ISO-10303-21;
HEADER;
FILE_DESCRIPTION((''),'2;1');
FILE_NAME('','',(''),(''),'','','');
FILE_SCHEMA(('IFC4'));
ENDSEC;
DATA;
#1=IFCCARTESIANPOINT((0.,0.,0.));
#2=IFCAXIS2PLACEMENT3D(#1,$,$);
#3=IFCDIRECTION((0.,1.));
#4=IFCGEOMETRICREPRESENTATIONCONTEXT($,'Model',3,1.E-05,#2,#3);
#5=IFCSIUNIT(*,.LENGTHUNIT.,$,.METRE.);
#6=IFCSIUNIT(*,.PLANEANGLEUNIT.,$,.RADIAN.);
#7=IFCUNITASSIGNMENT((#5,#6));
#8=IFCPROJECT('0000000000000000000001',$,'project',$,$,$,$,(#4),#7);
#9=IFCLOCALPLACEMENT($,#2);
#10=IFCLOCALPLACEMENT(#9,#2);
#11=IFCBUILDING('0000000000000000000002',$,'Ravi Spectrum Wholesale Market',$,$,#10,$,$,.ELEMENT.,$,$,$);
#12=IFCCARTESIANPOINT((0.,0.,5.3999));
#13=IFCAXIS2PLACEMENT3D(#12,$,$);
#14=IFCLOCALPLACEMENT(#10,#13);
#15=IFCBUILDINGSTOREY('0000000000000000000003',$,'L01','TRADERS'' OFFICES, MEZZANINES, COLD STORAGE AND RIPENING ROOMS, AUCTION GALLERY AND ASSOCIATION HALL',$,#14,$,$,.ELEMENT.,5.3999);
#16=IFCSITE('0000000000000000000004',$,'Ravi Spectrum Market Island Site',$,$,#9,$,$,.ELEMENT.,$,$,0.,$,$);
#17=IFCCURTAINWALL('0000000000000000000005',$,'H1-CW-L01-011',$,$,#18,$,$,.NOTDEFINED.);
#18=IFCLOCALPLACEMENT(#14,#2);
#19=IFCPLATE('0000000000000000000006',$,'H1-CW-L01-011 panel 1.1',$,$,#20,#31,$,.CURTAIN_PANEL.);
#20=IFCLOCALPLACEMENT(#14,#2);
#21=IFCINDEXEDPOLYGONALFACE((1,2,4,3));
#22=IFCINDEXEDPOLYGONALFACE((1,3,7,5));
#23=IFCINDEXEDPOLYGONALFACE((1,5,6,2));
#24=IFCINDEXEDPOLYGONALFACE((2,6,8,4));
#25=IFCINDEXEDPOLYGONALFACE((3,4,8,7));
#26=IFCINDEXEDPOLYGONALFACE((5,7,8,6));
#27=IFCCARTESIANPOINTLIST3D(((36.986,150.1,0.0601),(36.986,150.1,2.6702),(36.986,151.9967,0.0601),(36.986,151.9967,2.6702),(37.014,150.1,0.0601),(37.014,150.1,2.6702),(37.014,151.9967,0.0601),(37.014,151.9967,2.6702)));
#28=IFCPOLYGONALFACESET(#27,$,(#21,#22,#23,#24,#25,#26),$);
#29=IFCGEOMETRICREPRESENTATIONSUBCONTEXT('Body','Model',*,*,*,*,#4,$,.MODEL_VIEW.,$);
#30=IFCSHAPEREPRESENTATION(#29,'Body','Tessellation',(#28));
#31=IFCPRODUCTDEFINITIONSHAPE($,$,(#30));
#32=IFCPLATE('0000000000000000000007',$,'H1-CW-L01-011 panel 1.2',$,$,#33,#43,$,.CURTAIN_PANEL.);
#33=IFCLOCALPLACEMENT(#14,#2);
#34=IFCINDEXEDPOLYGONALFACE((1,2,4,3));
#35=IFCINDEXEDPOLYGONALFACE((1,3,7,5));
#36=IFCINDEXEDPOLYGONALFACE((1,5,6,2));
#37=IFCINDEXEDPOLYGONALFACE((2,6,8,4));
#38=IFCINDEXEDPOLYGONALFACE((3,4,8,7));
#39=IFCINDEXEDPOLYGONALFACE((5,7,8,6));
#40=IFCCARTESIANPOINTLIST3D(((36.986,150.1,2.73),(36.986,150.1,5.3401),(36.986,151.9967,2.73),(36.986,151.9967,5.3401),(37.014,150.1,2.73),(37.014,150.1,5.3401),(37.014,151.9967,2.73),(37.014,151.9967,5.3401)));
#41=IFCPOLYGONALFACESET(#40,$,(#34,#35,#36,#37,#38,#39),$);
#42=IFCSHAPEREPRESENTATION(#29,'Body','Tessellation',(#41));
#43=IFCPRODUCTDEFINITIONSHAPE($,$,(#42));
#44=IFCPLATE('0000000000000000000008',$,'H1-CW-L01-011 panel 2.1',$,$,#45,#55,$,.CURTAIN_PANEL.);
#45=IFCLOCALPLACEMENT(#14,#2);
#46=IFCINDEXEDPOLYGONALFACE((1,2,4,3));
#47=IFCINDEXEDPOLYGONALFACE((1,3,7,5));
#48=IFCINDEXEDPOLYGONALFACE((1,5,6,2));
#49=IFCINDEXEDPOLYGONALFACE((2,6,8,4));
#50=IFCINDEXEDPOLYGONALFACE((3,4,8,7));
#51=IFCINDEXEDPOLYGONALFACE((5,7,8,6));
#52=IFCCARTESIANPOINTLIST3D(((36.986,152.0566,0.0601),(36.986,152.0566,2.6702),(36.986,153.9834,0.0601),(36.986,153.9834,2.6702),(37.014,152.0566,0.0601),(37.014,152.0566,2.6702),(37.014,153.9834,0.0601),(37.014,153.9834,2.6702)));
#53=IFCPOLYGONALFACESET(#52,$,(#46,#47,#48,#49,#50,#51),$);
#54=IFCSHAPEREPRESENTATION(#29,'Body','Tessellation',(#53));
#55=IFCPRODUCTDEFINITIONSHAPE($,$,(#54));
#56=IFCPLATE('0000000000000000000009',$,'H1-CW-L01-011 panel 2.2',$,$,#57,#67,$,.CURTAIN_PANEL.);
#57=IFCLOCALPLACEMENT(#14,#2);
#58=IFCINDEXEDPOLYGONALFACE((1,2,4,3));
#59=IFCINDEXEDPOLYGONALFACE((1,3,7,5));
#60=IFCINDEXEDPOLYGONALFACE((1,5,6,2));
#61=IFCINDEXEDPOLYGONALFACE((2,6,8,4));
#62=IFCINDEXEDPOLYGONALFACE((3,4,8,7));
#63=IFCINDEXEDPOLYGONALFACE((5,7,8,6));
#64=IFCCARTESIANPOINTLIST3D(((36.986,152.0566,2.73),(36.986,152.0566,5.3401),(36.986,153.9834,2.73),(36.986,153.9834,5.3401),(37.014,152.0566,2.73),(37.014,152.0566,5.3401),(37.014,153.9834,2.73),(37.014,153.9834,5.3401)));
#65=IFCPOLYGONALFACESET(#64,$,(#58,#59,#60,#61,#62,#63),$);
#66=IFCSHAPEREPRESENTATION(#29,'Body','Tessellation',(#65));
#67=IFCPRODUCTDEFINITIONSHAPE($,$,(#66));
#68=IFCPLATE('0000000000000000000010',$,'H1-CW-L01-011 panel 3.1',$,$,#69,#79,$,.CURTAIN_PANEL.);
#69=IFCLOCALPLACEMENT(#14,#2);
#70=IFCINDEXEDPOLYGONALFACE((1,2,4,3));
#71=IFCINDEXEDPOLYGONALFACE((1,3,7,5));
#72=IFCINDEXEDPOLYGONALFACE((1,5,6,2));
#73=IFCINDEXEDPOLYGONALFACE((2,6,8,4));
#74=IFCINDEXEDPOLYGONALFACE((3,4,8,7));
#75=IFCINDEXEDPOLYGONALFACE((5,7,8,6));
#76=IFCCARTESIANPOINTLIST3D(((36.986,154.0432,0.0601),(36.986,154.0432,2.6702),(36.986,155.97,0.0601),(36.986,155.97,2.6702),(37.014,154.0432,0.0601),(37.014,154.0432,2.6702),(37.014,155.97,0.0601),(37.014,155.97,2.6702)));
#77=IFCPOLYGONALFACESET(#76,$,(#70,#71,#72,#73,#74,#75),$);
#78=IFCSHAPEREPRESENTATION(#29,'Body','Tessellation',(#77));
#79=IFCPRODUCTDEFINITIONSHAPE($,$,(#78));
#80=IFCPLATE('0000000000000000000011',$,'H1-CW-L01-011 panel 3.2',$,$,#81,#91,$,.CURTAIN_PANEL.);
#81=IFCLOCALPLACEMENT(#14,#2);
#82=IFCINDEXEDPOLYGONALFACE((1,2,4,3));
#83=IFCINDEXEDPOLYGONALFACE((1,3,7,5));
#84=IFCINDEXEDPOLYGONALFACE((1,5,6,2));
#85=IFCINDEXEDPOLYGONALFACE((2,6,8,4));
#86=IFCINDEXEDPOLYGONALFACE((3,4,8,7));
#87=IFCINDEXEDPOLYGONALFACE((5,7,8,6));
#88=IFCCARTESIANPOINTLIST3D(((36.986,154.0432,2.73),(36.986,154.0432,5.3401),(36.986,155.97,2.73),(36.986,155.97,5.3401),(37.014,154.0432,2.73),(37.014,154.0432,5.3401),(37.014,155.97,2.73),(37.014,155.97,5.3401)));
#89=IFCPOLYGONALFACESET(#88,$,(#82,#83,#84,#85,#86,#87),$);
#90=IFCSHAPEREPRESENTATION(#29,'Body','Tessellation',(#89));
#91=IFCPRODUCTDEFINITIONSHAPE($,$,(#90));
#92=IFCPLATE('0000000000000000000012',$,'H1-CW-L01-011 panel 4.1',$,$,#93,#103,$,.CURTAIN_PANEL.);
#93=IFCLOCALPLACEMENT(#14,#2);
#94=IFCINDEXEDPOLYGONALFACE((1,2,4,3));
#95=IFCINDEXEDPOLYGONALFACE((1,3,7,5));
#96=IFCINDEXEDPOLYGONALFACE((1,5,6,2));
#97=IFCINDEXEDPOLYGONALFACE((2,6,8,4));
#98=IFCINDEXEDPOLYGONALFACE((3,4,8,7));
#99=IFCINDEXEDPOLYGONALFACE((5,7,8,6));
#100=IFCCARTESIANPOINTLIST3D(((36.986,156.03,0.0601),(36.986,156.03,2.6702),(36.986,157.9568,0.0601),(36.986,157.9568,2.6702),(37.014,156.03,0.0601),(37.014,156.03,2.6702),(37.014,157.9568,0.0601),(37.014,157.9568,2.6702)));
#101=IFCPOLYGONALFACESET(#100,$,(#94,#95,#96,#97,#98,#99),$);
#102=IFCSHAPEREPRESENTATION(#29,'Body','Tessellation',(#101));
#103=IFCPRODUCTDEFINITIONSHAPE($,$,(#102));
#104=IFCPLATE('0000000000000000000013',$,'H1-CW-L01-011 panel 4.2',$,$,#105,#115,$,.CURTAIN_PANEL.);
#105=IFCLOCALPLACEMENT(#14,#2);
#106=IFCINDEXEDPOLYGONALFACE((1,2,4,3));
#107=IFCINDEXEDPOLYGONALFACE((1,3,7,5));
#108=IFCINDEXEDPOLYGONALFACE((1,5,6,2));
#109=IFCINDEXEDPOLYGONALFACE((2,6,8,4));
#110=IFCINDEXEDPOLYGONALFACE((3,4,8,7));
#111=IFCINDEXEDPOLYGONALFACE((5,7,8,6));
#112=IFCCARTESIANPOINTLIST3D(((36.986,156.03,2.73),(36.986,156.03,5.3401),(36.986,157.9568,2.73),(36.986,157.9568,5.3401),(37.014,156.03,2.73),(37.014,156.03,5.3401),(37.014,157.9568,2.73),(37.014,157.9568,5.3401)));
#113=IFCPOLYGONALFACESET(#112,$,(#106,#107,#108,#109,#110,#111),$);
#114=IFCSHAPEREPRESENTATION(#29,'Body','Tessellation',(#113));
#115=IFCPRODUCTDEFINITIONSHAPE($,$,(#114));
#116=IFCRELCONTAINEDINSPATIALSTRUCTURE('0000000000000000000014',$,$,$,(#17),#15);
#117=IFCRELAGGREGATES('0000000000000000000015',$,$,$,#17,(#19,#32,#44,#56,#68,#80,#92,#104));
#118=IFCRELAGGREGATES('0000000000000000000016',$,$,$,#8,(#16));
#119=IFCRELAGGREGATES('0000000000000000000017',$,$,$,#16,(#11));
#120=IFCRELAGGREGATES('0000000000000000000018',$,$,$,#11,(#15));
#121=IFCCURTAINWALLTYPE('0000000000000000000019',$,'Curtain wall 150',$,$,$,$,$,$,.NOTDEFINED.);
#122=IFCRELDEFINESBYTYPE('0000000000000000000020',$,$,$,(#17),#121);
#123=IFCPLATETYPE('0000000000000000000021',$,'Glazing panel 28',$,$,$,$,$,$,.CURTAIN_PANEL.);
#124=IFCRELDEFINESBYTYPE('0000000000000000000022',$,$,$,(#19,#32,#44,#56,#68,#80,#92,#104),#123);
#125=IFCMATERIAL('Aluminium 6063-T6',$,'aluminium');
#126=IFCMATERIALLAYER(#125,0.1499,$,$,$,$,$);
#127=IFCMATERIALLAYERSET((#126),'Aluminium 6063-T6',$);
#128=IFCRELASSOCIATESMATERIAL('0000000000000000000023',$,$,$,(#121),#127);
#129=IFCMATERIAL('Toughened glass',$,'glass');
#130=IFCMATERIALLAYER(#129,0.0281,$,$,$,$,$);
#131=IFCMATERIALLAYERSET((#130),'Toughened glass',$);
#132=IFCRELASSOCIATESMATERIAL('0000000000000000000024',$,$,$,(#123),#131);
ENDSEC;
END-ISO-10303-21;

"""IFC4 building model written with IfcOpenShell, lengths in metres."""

from ifc_helpers import new_model, si_unit, direction, frame, origin, origin_2d, place, context, subcontext, project, spatial, rectangle, extrude, material, layer, layer_set, type_object, element, aggregate, save


model = new_model("IFC4")

# Units and contexts
model_context = context("Model", 3, precision=1e-05, world=origin(), true_north=direction((0.0, 1.0)))
body_context = subcontext(model_context, "Body", "Model", "MODEL_VIEW")
ifc_project = project(units=[si_unit("LENGTHUNIT", "METRE"), si_unit("PLANEANGLEUNIT", "RADIAN")], contexts=[model_context])

# Site, building, storey
site_placement = place(None, origin())
site = spatial("IfcSite", under=ifc_project, at=site_placement, Name="Ravi Spectrum Market Island Site", CompositionType="ELEMENT", RefElevation=0.0)
building_placement = place(site_placement, origin())
building = spatial("IfcBuilding", under=site, at=building_placement, Name="Ravi Spectrum Wholesale Market", CompositionType="ELEMENT")
storey_placement = place(building_placement, frame((0.0, 0.0, 5.3999)))
storey = spatial("IfcBuildingStorey", under=building, at=storey_placement, Name="L01", Description="TRADERS' OFFICES, MEZZANINES, COLD STORAGE AND RIPENING ROOMS, AUCTION GALLERY AND ASSOCIATION HALL", CompositionType="ELEMENT", Elevation=5.3999)

# Curtain wall, plates
ifc_material_1 = material(Name="Aluminium 6063-T6", Category="aluminium")
ifc_layer_1 = layer(ifc_material_1, 0.1499)
ifc_layer_set_1 = layer_set([ifc_layer_1], Name="Aluminium 6063-T6")
curtain_wall_type = type_object("IfcCurtainWallType", Name="Curtain wall 150", PredefinedType="NOTDEFINED", material=ifc_layer_set_1)
curtain_wall_placement = place(storey_placement, origin())
curtain_wall = element("IfcCurtainWall", 1, at=curtain_wall_placement, inside=storey, type_object=curtain_wall_type, Name="H1-CW-L01-011", PredefinedType="NOTDEFINED")
ifc_material_2 = material(Name="Toughened glass", Category="glass")
ifc_layer_2 = layer(ifc_material_2, 0.0281)
ifc_layer_set_2 = layer_set([ifc_layer_2], Name="Toughened glass")
plate_type = type_object("IfcPlateType", Name="Glazing panel 28", PredefinedType="CURTAIN_PANEL", material=ifc_layer_set_2)
plate_1_placement = place(storey_placement, frame((37.0, 151.0483, 0.0601), z_axis=(0.0, 0.0, 1.0), x_axis=(0.0, 1.0, 0.0)))
plate_1 = element("IfcPlate", 2, at=plate_1_placement, type_object=plate_type, Name="H1-CW-L01-011 panel 1.1", PredefinedType="CURTAIN_PANEL", context=body_context, shape_type="SweptSolid", body=[
    extrude(rectangle(XDim=1.8967, YDim=0.0281, at=origin_2d()), origin(), (0.0, 0.0, 1.0), 2.6101),
])
plate_2_placement = place(storey_placement, frame((37.0, 151.0483, 2.73), z_axis=(0.0, 0.0, 1.0), x_axis=(0.0, 1.0, 0.0)))
plate_2 = element("IfcPlate", 3, at=plate_2_placement, type_object=plate_type, Name="H1-CW-L01-011 panel 1.2", PredefinedType="CURTAIN_PANEL", context=body_context, shape_type="SweptSolid", body=[
    extrude(rectangle(XDim=1.8967, YDim=0.0281, at=origin_2d()), origin(), (0.0, 0.0, 1.0), 2.6101),
])
plate_3_placement = place(storey_placement, frame((37.0, 153.02, 0.0601), z_axis=(0.0, 0.0, 1.0), x_axis=(0.0, 1.0, 0.0)))
plate_3 = element("IfcPlate", 4, at=plate_3_placement, type_object=plate_type, Name="H1-CW-L01-011 panel 2.1", PredefinedType="CURTAIN_PANEL", context=body_context, shape_type="SweptSolid", body=[
    extrude(rectangle(XDim=1.9268, YDim=0.0281, at=origin_2d()), origin(), (0.0, 0.0, 1.0), 2.6101),
])
plate_4_placement = place(storey_placement, frame((37.0, 153.02, 2.73), z_axis=(0.0, 0.0, 1.0), x_axis=(0.0, 1.0, 0.0)))
plate_4 = element("IfcPlate", 5, at=plate_4_placement, type_object=plate_type, Name="H1-CW-L01-011 panel 2.2", PredefinedType="CURTAIN_PANEL", context=body_context, shape_type="SweptSolid", body=[
    extrude(rectangle(XDim=1.9268, YDim=0.0281, at=origin_2d()), origin(), (0.0, 0.0, 1.0), 2.6101),
])
plate_5_placement = place(storey_placement, frame((37.0, 155.0066, 0.0601), z_axis=(0.0, 0.0, 1.0), x_axis=(0.0, 1.0, 0.0)))
plate_5 = element("IfcPlate", 6, at=plate_5_placement, type_object=plate_type, Name="H1-CW-L01-011 panel 3.1", PredefinedType="CURTAIN_PANEL", context=body_context, shape_type="SweptSolid", body=[
    extrude(rectangle(XDim=1.9268, YDim=0.0281, at=origin_2d()), origin(), (0.0, 0.0, 1.0), 2.6101),
])
plate_6_placement = place(storey_placement, frame((37.0, 155.0066, 2.73), z_axis=(0.0, 0.0, 1.0), x_axis=(0.0, 1.0, 0.0)))
plate_6 = element("IfcPlate", 7, at=plate_6_placement, type_object=plate_type, Name="H1-CW-L01-011 panel 3.2", PredefinedType="CURTAIN_PANEL", context=body_context, shape_type="SweptSolid", body=[
    extrude(rectangle(XDim=1.9268, YDim=0.0281, at=origin_2d()), origin(), (0.0, 0.0, 1.0), 2.6101),
])
plate_7_placement = place(storey_placement, frame((37.0, 156.9934, 0.0601), z_axis=(0.0, 0.0, 1.0), x_axis=(0.0, 1.0, 0.0)))
plate_7 = element("IfcPlate", 8, at=plate_7_placement, type_object=plate_type, Name="H1-CW-L01-011 panel 4.1", PredefinedType="CURTAIN_PANEL", context=body_context, shape_type="SweptSolid", body=[
    extrude(rectangle(XDim=1.9268, YDim=0.0281, at=origin_2d()), origin(), (0.0, 0.0, 1.0), 2.6101),
])
plate_8_placement = place(storey_placement, frame((37.0, 156.9934, 2.73), z_axis=(0.0, 0.0, 1.0), x_axis=(0.0, 1.0, 0.0)))
plate_8 = element("IfcPlate", 9, at=plate_8_placement, type_object=plate_type, Name="H1-CW-L01-011 panel 4.2", PredefinedType="CURTAIN_PANEL", context=body_context, shape_type="SweptSolid", body=[
    extrude(rectangle(XDim=1.9268, YDim=0.0281, at=origin_2d()), origin(), (0.0, 0.0, 1.0), 2.6101),
])
aggregate(curtain_wall, [plate_1, plate_2, plate_3, plate_4, plate_5, plate_6, plate_7, plate_8])

save(model, "model.ifc")
